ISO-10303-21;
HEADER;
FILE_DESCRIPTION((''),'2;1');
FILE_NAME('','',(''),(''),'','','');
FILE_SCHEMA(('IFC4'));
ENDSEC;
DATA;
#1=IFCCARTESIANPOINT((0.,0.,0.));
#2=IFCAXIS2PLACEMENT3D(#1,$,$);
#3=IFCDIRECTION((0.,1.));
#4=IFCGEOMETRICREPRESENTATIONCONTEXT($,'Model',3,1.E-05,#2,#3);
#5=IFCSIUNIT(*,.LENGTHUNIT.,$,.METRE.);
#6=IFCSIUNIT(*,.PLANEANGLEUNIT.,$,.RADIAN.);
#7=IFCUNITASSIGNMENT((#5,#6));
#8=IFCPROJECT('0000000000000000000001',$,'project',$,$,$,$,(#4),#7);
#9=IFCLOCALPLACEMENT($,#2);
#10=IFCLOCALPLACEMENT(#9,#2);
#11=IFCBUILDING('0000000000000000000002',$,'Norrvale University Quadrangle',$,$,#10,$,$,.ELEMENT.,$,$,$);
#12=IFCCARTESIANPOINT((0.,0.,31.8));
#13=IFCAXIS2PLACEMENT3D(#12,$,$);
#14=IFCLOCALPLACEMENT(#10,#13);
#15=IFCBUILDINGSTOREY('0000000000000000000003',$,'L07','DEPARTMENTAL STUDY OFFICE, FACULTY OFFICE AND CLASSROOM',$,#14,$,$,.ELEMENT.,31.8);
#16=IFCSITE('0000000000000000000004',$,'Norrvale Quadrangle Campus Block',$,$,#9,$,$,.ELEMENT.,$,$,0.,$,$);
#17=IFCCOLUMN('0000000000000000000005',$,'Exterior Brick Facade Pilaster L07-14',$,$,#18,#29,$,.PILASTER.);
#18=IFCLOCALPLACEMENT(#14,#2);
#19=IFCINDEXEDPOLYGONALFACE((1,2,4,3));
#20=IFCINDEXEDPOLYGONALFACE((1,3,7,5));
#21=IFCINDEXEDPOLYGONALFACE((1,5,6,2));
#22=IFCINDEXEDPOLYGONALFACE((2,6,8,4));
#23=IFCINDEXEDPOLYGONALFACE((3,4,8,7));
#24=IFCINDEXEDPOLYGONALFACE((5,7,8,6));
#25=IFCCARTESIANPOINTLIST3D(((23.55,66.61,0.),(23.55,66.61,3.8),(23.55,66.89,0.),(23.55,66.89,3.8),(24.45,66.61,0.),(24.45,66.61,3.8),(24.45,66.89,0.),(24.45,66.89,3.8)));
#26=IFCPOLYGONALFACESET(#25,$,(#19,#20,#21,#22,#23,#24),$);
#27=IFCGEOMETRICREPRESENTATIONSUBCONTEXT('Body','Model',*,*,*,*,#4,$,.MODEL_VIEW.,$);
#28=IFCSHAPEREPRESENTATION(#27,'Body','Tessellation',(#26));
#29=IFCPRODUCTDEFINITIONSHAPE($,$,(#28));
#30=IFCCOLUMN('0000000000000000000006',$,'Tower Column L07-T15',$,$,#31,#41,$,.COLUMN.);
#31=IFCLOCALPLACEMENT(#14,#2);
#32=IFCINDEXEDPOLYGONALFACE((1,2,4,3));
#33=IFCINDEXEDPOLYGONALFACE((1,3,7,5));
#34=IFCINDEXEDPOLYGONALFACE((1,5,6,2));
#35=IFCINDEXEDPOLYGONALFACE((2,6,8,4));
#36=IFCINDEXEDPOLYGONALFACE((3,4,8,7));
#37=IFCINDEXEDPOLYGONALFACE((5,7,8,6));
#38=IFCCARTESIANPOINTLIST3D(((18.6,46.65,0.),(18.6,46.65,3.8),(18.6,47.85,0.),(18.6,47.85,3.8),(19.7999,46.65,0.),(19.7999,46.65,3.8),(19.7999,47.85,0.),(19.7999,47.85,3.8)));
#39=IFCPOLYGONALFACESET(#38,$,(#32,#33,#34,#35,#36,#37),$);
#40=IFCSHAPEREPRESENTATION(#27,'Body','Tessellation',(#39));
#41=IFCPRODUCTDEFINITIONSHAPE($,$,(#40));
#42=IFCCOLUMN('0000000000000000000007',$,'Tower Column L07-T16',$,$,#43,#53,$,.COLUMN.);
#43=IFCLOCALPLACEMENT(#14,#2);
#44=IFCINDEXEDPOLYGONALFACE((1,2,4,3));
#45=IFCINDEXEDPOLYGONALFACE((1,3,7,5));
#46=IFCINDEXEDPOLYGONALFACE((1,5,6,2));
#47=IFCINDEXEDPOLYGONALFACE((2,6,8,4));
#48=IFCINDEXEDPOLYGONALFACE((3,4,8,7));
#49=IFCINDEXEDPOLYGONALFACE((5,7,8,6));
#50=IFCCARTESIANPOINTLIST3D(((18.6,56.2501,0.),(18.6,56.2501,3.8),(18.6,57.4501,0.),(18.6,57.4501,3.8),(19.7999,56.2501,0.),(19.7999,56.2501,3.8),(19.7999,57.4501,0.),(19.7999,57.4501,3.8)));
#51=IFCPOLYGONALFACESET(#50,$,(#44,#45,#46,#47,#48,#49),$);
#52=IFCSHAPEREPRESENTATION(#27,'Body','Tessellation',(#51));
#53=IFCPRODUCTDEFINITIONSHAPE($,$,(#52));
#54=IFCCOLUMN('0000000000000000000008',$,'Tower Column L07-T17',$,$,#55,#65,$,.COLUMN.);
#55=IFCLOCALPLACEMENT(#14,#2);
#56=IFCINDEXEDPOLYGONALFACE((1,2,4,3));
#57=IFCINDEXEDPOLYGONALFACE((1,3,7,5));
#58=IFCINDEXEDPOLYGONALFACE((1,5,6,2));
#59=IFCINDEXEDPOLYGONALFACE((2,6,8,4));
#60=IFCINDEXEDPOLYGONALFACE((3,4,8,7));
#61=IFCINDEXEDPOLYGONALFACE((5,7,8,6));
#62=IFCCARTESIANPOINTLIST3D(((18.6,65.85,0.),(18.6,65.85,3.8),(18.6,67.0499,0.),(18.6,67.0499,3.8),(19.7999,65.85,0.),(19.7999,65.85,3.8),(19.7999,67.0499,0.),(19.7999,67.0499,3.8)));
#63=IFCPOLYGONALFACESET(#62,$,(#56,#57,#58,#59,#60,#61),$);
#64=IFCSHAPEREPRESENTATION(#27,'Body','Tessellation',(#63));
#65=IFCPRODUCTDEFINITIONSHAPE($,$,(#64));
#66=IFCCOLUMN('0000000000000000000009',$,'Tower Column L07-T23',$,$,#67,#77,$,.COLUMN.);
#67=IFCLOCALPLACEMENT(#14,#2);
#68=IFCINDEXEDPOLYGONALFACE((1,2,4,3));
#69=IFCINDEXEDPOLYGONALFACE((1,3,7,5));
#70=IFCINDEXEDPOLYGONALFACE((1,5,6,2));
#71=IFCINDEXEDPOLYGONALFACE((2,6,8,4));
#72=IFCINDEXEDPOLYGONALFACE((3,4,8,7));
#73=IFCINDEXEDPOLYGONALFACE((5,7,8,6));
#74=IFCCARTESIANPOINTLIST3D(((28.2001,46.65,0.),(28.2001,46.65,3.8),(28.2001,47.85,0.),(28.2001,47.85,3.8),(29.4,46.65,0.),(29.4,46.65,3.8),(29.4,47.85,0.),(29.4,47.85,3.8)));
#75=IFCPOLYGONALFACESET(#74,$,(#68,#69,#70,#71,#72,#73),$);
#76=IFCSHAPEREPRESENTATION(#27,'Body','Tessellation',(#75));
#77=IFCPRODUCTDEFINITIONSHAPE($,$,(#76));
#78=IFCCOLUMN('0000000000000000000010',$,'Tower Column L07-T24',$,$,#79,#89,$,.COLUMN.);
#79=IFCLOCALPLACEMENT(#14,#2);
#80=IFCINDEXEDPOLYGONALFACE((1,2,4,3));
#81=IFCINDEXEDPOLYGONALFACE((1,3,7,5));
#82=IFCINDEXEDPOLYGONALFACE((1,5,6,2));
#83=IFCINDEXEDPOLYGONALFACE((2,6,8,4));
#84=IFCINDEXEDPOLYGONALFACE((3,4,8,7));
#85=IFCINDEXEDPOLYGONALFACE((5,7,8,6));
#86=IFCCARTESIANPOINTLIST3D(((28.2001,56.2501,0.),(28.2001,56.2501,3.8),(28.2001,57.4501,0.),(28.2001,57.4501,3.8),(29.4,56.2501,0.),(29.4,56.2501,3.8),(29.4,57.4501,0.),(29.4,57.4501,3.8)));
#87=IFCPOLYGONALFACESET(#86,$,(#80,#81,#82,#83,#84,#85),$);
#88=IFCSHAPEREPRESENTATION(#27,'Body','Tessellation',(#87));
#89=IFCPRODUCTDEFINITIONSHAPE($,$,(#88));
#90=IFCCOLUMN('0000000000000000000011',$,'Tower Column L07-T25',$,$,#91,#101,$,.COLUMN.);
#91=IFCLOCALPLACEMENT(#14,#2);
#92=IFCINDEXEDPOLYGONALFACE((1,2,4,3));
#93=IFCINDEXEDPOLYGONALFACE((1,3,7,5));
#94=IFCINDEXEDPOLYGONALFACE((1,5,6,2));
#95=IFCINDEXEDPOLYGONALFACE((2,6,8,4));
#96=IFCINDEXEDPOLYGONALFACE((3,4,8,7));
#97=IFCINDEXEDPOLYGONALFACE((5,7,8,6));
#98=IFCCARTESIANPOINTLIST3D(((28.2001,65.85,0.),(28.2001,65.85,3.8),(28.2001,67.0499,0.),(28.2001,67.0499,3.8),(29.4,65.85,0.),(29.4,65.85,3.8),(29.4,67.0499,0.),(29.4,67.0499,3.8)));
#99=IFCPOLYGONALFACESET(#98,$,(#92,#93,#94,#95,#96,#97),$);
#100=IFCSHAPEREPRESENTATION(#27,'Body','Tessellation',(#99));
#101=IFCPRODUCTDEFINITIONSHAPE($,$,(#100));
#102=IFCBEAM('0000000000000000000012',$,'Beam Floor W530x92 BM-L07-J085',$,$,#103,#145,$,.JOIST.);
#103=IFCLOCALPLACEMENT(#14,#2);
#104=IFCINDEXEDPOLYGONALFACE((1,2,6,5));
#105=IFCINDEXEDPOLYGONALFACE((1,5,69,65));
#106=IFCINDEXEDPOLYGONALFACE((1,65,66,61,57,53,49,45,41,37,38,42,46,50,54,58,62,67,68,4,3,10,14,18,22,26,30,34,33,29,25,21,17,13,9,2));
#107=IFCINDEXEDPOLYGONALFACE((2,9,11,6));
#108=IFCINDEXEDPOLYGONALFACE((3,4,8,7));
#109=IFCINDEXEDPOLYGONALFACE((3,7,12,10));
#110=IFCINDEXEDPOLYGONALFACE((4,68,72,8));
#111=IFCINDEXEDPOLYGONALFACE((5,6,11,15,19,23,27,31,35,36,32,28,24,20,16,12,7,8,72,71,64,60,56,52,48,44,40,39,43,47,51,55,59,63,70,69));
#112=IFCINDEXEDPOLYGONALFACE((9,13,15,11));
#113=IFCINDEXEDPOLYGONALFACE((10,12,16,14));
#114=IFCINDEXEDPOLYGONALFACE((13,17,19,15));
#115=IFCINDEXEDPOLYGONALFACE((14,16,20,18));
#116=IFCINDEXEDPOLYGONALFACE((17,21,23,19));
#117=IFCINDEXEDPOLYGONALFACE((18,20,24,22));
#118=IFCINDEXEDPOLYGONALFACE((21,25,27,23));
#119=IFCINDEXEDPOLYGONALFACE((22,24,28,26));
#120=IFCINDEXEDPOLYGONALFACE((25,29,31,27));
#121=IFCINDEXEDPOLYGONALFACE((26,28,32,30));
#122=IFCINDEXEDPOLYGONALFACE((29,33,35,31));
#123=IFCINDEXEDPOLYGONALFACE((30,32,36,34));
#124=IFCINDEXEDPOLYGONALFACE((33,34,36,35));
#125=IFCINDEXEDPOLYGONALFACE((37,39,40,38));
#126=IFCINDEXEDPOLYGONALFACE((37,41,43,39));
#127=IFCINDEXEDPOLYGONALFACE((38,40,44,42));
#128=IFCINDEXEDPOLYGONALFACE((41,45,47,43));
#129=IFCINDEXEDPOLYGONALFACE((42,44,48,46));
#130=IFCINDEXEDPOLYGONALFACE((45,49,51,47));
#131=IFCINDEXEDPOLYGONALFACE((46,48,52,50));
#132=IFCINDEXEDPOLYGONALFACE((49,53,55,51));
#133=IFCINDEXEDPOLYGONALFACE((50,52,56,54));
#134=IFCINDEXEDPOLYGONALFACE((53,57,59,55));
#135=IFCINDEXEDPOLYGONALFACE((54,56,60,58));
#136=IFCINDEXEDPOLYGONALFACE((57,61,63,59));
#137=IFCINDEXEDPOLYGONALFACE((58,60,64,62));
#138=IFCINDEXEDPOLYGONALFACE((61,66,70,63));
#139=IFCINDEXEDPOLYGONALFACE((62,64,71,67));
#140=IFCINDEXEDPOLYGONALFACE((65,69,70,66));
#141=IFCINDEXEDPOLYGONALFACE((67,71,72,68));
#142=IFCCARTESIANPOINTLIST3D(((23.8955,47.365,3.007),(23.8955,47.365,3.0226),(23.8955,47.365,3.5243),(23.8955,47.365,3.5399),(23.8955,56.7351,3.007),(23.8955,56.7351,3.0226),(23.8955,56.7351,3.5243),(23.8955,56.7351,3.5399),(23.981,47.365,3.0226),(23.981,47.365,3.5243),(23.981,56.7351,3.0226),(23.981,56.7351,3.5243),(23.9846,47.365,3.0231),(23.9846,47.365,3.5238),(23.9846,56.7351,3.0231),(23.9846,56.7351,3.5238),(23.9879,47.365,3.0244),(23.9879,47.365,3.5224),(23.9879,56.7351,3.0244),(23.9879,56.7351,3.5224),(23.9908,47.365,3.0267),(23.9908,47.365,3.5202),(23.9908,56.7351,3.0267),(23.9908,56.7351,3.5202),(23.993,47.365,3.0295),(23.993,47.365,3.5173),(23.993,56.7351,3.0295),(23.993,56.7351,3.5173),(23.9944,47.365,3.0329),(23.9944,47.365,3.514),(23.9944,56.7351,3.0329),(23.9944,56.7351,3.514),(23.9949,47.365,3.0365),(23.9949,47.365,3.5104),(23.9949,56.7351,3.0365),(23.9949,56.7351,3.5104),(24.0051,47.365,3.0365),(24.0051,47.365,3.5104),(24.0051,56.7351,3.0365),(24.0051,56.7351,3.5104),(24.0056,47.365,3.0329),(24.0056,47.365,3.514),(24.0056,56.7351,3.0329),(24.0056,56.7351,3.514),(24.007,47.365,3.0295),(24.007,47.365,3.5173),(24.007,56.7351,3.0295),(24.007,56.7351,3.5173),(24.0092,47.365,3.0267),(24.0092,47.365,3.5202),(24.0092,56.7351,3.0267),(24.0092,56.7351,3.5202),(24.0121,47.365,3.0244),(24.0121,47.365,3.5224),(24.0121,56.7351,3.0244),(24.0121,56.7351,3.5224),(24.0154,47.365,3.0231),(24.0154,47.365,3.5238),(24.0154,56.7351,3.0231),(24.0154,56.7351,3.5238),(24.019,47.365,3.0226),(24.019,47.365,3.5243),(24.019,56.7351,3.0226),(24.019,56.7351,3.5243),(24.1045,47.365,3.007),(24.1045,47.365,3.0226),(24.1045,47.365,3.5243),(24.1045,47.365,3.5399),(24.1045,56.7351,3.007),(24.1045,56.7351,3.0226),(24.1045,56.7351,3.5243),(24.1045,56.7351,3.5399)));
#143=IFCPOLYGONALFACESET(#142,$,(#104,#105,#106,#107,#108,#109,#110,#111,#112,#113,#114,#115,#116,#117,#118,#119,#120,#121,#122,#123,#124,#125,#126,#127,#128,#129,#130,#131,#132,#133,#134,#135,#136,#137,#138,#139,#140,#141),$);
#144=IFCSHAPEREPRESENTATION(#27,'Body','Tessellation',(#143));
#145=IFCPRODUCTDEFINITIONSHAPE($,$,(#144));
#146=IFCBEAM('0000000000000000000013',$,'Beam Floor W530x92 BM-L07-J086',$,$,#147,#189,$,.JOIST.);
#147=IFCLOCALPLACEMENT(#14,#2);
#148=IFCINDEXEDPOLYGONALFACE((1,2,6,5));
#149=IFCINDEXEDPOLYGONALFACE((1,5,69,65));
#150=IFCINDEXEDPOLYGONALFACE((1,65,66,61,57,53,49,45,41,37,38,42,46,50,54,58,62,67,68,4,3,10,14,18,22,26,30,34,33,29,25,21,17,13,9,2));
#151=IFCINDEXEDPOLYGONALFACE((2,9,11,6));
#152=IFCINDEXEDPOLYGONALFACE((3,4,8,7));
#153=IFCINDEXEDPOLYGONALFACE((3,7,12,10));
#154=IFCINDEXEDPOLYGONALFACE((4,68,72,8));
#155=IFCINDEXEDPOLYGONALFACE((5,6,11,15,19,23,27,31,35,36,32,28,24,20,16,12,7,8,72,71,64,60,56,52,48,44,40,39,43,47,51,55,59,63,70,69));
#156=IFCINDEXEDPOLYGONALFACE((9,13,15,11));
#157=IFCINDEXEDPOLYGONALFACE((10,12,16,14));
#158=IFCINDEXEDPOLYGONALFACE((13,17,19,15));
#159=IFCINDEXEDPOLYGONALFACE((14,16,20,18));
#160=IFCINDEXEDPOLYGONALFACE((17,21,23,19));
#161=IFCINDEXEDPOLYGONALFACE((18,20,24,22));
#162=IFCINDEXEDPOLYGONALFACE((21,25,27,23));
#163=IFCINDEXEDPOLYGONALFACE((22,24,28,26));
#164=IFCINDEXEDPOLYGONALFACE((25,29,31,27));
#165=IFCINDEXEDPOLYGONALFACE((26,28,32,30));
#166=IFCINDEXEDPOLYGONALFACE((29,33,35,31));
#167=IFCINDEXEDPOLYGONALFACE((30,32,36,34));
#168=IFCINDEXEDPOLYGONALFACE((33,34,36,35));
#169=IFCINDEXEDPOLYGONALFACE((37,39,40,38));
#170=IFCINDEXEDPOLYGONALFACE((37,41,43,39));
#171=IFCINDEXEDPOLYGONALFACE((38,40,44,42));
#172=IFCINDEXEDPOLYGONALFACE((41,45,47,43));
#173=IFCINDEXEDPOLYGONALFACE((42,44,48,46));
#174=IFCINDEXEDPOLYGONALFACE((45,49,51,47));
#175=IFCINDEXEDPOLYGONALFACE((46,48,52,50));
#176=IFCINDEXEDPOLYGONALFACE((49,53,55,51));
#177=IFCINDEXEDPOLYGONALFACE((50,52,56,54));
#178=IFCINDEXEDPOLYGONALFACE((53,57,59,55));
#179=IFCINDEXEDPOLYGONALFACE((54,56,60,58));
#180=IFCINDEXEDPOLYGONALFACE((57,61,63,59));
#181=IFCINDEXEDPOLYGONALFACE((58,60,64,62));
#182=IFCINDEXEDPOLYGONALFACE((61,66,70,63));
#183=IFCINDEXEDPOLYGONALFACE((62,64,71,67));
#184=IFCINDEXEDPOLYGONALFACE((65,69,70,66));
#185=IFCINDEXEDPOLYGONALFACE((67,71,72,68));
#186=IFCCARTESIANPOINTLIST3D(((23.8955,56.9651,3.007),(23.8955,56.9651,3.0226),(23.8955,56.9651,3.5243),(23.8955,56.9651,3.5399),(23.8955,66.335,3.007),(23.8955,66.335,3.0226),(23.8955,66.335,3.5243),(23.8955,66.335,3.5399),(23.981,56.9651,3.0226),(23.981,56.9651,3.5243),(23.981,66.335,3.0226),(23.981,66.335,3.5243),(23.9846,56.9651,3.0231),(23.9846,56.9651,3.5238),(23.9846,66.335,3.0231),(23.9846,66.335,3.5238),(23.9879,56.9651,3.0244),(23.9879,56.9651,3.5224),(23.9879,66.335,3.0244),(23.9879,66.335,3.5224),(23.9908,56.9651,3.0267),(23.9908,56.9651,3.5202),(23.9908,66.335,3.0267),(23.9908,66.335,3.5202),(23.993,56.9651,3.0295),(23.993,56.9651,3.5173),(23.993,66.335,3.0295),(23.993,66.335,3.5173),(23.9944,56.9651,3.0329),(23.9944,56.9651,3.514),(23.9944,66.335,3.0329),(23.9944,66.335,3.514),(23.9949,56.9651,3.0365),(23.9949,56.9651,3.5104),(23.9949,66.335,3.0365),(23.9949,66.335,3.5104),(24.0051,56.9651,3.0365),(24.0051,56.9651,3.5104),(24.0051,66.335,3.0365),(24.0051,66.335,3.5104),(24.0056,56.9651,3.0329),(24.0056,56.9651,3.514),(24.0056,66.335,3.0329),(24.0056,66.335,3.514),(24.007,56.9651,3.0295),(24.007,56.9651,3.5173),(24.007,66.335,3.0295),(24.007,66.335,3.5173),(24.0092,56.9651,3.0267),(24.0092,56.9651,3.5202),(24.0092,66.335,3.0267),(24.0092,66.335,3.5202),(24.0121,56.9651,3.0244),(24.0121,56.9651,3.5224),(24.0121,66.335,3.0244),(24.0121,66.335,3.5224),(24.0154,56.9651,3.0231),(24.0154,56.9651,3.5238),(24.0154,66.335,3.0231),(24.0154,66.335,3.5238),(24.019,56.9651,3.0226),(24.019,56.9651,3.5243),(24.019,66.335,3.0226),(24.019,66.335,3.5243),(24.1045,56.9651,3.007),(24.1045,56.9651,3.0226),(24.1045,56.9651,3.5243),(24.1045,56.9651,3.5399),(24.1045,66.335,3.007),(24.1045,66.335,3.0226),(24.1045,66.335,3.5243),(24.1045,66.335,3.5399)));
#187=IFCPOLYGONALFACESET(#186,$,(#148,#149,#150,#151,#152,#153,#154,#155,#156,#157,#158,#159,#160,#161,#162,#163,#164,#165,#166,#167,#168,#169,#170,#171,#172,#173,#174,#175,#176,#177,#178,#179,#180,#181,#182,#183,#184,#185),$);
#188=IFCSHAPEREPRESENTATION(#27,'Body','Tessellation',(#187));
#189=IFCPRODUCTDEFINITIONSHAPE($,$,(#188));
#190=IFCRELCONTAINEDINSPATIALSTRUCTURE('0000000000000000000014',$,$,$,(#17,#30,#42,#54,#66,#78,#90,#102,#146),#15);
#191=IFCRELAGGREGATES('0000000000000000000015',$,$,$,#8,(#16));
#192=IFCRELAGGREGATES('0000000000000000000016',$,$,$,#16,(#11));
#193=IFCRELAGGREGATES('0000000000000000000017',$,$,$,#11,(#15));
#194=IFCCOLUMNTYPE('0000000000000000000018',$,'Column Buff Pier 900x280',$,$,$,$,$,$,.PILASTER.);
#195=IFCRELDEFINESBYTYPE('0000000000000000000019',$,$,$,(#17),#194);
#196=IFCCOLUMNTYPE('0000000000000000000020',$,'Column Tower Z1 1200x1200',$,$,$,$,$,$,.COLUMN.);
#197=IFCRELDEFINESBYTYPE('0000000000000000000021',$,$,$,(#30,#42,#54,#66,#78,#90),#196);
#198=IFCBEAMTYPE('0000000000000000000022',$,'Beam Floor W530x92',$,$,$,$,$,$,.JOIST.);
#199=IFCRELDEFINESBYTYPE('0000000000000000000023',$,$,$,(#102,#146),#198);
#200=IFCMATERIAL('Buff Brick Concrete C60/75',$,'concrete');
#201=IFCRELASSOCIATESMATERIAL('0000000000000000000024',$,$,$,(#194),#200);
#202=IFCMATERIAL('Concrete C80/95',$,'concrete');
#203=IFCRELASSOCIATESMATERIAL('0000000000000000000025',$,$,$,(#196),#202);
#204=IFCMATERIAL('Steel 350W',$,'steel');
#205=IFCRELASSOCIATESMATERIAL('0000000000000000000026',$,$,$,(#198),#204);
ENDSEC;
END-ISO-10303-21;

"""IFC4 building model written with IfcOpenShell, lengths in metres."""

from ifc_helpers import new_model, si_unit, direction, frame, origin, origin_2d, place, context, subcontext, project, spatial, rectangle, i_section, extrude, material, material_profile, profile_set, type_object, element, save


model = new_model("IFC4")

# Units and contexts
model_context = context("Model", 3, precision=1e-05, world=origin(), true_north=direction((0.0, 1.0)))
body_context = subcontext(model_context, "Body", "Model", "MODEL_VIEW")
ifc_project = project(units=[si_unit("LENGTHUNIT", "METRE"), si_unit("PLANEANGLEUNIT", "RADIAN")], contexts=[model_context])

# Site, building, storey
site_placement = place(None, origin())
site = spatial("IfcSite", under=ifc_project, at=site_placement, Name="Norrvale Quadrangle Campus Block", CompositionType="ELEMENT", RefElevation=0.0)
building_placement = place(site_placement, origin())
building = spatial("IfcBuilding", under=site, at=building_placement, Name="Norrvale University Quadrangle", CompositionType="ELEMENT")
storey_placement = place(building_placement, frame((0.0, 0.0, 31.8)))
storey = spatial("IfcBuildingStorey", under=building, at=storey_placement, Name="L07", Description="DEPARTMENTAL STUDY OFFICE, FACULTY OFFICE AND CLASSROOM", CompositionType="ELEMENT", Elevation=31.8)

# Columns
ifc_material_1 = material(Name="Buff Brick Concrete C60/75", Category="concrete")
ifc_material_profile_1 = material_profile(ifc_material_1, rectangle(XDim=0.8999, YDim=0.28, at=origin_2d()), Name="Buff Brick Concrete C60/75")
ifc_profile_set_1 = profile_set([ifc_material_profile_1], Name="Buff Brick Concrete C60/75")
column_type_1 = type_object("IfcColumnType", Name="Column Buff Pier 900x280", PredefinedType="PILASTER", material=ifc_profile_set_1)
column_placement = place(storey_placement, frame((24.0, 66.75, 0.0), z_axis=(0.0, 0.0, 1.0), x_axis=(1.0, 0.0, 0.0)))
element("IfcColumn", 1, at=column_placement, inside=storey, type_object=column_type_1, Name="Exterior Brick Facade Pilaster L07-14", PredefinedType="PILASTER", context=body_context, shape_type="SweptSolid", body=[
    extrude(rectangle(XDim=0.8999, YDim=0.28, at=origin_2d()), origin(), (0.0, 0.0, 1.0), 3.8),
])
ifc_material_2 = material(Name="Concrete C80/95", Category="concrete")
ifc_material_profile_2 = material_profile(ifc_material_2, rectangle(XDim=1.2, YDim=1.2, at=origin_2d()), Name="Concrete C80/95")
ifc_profile_set_2 = profile_set([ifc_material_profile_2], Name="Concrete C80/95")
column_type_2 = type_object("IfcColumnType", Name="Column Tower Z1 1200x1200", PredefinedType="COLUMN", material=ifc_profile_set_2)
for number, where, z_axis, x_axis, name in (
    (2, (19.2, 47.25, 0.0), (0.0, 0.0, 1.0), (1.0, 0.0, 0.0), "Tower Column L07-T15"),
    (3, (19.2, 56.8501, 0.0), (0.0, 0.0, 1.0), (1.0, 0.0, 0.0), "Tower Column L07-T16"),
    (4, (19.2, 66.45, 0.0), (0.0, 0.0, 1.0), (1.0, 0.0, 0.0), "Tower Column L07-T17"),
    (5, (28.8, 47.25, 0.0), (0.0, 0.0, 1.0), (1.0, 0.0, 0.0), "Tower Column L07-T23"),
    (6, (28.8, 56.8501, 0.0), (0.0, 0.0, 1.0), (1.0, 0.0, 0.0), "Tower Column L07-T24"),
    (7, (28.8, 66.45, 0.0), (0.0, 0.0, 1.0), (1.0, 0.0, 0.0), "Tower Column L07-T25"),
):
    element("IfcColumn", number, at=place(storey_placement, frame(where, z_axis=z_axis, x_axis=x_axis)), inside=storey, type_object=column_type_2, Name=name, PredefinedType="COLUMN", context=body_context, shape_type="SweptSolid", body=[
        extrude(rectangle(XDim=1.2, YDim=1.2, at=origin_2d()), origin(), (0.0, 0.0, 1.0), 3.8),
    ])

# Beams
ifc_material_3 = material(Name="Steel 350W", Category="steel")
ifc_material_profile_3 = material_profile(ifc_material_3, i_section(OverallWidth=0.209, OverallDepth=0.533, WebThickness=0.0103, FlangeThickness=0.0156, FilletRadius=0.0139, at=origin_2d()), Name="Steel 350W")
ifc_profile_set_3 = profile_set([ifc_material_profile_3], Name="Steel 350W")
beam_type_1 = type_object("IfcBeamType", Name="Beam Floor W530x92", PredefinedType="JOIST", material=ifc_profile_set_3)
beam_1_placement = place(storey_placement, frame((24.0, 47.365, 3.2734), z_axis=(0.0, 1.0, 0.0), x_axis=(-1.0, 0.0, 0.0)))
element("IfcBeam", 8, at=beam_1_placement, inside=storey, type_object=beam_type_1, Name="Beam Floor W530x92 BM-L07-J085", PredefinedType="JOIST", context=body_context, shape_type="SweptSolid", body=[
    extrude(i_section(OverallWidth=0.209, OverallDepth=0.533, WebThickness=0.0103, FlangeThickness=0.0156, FilletRadius=0.0139, at=origin_2d()), origin(), (0.0, 0.0, 1.0), 9.3701),
])
beam_2_placement = place(storey_placement, frame((24.0, 56.9651, 3.2734), z_axis=(0.0, 1.0, 0.0), x_axis=(-1.0, 0.0, 0.0)))
element("IfcBeam", 9, at=beam_2_placement, inside=storey, type_object=beam_type_1, Name="Beam Floor W530x92 BM-L07-J086", PredefinedType="JOIST", context=body_context, shape_type="SweptSolid", body=[
    extrude(i_section(OverallWidth=0.209, OverallDepth=0.533, WebThickness=0.0103, FlangeThickness=0.0156, FilletRadius=0.0139, at=origin_2d()), origin(), (0.0, 0.0, 1.0), 9.3699),
])

save(model, "model.ifc")
